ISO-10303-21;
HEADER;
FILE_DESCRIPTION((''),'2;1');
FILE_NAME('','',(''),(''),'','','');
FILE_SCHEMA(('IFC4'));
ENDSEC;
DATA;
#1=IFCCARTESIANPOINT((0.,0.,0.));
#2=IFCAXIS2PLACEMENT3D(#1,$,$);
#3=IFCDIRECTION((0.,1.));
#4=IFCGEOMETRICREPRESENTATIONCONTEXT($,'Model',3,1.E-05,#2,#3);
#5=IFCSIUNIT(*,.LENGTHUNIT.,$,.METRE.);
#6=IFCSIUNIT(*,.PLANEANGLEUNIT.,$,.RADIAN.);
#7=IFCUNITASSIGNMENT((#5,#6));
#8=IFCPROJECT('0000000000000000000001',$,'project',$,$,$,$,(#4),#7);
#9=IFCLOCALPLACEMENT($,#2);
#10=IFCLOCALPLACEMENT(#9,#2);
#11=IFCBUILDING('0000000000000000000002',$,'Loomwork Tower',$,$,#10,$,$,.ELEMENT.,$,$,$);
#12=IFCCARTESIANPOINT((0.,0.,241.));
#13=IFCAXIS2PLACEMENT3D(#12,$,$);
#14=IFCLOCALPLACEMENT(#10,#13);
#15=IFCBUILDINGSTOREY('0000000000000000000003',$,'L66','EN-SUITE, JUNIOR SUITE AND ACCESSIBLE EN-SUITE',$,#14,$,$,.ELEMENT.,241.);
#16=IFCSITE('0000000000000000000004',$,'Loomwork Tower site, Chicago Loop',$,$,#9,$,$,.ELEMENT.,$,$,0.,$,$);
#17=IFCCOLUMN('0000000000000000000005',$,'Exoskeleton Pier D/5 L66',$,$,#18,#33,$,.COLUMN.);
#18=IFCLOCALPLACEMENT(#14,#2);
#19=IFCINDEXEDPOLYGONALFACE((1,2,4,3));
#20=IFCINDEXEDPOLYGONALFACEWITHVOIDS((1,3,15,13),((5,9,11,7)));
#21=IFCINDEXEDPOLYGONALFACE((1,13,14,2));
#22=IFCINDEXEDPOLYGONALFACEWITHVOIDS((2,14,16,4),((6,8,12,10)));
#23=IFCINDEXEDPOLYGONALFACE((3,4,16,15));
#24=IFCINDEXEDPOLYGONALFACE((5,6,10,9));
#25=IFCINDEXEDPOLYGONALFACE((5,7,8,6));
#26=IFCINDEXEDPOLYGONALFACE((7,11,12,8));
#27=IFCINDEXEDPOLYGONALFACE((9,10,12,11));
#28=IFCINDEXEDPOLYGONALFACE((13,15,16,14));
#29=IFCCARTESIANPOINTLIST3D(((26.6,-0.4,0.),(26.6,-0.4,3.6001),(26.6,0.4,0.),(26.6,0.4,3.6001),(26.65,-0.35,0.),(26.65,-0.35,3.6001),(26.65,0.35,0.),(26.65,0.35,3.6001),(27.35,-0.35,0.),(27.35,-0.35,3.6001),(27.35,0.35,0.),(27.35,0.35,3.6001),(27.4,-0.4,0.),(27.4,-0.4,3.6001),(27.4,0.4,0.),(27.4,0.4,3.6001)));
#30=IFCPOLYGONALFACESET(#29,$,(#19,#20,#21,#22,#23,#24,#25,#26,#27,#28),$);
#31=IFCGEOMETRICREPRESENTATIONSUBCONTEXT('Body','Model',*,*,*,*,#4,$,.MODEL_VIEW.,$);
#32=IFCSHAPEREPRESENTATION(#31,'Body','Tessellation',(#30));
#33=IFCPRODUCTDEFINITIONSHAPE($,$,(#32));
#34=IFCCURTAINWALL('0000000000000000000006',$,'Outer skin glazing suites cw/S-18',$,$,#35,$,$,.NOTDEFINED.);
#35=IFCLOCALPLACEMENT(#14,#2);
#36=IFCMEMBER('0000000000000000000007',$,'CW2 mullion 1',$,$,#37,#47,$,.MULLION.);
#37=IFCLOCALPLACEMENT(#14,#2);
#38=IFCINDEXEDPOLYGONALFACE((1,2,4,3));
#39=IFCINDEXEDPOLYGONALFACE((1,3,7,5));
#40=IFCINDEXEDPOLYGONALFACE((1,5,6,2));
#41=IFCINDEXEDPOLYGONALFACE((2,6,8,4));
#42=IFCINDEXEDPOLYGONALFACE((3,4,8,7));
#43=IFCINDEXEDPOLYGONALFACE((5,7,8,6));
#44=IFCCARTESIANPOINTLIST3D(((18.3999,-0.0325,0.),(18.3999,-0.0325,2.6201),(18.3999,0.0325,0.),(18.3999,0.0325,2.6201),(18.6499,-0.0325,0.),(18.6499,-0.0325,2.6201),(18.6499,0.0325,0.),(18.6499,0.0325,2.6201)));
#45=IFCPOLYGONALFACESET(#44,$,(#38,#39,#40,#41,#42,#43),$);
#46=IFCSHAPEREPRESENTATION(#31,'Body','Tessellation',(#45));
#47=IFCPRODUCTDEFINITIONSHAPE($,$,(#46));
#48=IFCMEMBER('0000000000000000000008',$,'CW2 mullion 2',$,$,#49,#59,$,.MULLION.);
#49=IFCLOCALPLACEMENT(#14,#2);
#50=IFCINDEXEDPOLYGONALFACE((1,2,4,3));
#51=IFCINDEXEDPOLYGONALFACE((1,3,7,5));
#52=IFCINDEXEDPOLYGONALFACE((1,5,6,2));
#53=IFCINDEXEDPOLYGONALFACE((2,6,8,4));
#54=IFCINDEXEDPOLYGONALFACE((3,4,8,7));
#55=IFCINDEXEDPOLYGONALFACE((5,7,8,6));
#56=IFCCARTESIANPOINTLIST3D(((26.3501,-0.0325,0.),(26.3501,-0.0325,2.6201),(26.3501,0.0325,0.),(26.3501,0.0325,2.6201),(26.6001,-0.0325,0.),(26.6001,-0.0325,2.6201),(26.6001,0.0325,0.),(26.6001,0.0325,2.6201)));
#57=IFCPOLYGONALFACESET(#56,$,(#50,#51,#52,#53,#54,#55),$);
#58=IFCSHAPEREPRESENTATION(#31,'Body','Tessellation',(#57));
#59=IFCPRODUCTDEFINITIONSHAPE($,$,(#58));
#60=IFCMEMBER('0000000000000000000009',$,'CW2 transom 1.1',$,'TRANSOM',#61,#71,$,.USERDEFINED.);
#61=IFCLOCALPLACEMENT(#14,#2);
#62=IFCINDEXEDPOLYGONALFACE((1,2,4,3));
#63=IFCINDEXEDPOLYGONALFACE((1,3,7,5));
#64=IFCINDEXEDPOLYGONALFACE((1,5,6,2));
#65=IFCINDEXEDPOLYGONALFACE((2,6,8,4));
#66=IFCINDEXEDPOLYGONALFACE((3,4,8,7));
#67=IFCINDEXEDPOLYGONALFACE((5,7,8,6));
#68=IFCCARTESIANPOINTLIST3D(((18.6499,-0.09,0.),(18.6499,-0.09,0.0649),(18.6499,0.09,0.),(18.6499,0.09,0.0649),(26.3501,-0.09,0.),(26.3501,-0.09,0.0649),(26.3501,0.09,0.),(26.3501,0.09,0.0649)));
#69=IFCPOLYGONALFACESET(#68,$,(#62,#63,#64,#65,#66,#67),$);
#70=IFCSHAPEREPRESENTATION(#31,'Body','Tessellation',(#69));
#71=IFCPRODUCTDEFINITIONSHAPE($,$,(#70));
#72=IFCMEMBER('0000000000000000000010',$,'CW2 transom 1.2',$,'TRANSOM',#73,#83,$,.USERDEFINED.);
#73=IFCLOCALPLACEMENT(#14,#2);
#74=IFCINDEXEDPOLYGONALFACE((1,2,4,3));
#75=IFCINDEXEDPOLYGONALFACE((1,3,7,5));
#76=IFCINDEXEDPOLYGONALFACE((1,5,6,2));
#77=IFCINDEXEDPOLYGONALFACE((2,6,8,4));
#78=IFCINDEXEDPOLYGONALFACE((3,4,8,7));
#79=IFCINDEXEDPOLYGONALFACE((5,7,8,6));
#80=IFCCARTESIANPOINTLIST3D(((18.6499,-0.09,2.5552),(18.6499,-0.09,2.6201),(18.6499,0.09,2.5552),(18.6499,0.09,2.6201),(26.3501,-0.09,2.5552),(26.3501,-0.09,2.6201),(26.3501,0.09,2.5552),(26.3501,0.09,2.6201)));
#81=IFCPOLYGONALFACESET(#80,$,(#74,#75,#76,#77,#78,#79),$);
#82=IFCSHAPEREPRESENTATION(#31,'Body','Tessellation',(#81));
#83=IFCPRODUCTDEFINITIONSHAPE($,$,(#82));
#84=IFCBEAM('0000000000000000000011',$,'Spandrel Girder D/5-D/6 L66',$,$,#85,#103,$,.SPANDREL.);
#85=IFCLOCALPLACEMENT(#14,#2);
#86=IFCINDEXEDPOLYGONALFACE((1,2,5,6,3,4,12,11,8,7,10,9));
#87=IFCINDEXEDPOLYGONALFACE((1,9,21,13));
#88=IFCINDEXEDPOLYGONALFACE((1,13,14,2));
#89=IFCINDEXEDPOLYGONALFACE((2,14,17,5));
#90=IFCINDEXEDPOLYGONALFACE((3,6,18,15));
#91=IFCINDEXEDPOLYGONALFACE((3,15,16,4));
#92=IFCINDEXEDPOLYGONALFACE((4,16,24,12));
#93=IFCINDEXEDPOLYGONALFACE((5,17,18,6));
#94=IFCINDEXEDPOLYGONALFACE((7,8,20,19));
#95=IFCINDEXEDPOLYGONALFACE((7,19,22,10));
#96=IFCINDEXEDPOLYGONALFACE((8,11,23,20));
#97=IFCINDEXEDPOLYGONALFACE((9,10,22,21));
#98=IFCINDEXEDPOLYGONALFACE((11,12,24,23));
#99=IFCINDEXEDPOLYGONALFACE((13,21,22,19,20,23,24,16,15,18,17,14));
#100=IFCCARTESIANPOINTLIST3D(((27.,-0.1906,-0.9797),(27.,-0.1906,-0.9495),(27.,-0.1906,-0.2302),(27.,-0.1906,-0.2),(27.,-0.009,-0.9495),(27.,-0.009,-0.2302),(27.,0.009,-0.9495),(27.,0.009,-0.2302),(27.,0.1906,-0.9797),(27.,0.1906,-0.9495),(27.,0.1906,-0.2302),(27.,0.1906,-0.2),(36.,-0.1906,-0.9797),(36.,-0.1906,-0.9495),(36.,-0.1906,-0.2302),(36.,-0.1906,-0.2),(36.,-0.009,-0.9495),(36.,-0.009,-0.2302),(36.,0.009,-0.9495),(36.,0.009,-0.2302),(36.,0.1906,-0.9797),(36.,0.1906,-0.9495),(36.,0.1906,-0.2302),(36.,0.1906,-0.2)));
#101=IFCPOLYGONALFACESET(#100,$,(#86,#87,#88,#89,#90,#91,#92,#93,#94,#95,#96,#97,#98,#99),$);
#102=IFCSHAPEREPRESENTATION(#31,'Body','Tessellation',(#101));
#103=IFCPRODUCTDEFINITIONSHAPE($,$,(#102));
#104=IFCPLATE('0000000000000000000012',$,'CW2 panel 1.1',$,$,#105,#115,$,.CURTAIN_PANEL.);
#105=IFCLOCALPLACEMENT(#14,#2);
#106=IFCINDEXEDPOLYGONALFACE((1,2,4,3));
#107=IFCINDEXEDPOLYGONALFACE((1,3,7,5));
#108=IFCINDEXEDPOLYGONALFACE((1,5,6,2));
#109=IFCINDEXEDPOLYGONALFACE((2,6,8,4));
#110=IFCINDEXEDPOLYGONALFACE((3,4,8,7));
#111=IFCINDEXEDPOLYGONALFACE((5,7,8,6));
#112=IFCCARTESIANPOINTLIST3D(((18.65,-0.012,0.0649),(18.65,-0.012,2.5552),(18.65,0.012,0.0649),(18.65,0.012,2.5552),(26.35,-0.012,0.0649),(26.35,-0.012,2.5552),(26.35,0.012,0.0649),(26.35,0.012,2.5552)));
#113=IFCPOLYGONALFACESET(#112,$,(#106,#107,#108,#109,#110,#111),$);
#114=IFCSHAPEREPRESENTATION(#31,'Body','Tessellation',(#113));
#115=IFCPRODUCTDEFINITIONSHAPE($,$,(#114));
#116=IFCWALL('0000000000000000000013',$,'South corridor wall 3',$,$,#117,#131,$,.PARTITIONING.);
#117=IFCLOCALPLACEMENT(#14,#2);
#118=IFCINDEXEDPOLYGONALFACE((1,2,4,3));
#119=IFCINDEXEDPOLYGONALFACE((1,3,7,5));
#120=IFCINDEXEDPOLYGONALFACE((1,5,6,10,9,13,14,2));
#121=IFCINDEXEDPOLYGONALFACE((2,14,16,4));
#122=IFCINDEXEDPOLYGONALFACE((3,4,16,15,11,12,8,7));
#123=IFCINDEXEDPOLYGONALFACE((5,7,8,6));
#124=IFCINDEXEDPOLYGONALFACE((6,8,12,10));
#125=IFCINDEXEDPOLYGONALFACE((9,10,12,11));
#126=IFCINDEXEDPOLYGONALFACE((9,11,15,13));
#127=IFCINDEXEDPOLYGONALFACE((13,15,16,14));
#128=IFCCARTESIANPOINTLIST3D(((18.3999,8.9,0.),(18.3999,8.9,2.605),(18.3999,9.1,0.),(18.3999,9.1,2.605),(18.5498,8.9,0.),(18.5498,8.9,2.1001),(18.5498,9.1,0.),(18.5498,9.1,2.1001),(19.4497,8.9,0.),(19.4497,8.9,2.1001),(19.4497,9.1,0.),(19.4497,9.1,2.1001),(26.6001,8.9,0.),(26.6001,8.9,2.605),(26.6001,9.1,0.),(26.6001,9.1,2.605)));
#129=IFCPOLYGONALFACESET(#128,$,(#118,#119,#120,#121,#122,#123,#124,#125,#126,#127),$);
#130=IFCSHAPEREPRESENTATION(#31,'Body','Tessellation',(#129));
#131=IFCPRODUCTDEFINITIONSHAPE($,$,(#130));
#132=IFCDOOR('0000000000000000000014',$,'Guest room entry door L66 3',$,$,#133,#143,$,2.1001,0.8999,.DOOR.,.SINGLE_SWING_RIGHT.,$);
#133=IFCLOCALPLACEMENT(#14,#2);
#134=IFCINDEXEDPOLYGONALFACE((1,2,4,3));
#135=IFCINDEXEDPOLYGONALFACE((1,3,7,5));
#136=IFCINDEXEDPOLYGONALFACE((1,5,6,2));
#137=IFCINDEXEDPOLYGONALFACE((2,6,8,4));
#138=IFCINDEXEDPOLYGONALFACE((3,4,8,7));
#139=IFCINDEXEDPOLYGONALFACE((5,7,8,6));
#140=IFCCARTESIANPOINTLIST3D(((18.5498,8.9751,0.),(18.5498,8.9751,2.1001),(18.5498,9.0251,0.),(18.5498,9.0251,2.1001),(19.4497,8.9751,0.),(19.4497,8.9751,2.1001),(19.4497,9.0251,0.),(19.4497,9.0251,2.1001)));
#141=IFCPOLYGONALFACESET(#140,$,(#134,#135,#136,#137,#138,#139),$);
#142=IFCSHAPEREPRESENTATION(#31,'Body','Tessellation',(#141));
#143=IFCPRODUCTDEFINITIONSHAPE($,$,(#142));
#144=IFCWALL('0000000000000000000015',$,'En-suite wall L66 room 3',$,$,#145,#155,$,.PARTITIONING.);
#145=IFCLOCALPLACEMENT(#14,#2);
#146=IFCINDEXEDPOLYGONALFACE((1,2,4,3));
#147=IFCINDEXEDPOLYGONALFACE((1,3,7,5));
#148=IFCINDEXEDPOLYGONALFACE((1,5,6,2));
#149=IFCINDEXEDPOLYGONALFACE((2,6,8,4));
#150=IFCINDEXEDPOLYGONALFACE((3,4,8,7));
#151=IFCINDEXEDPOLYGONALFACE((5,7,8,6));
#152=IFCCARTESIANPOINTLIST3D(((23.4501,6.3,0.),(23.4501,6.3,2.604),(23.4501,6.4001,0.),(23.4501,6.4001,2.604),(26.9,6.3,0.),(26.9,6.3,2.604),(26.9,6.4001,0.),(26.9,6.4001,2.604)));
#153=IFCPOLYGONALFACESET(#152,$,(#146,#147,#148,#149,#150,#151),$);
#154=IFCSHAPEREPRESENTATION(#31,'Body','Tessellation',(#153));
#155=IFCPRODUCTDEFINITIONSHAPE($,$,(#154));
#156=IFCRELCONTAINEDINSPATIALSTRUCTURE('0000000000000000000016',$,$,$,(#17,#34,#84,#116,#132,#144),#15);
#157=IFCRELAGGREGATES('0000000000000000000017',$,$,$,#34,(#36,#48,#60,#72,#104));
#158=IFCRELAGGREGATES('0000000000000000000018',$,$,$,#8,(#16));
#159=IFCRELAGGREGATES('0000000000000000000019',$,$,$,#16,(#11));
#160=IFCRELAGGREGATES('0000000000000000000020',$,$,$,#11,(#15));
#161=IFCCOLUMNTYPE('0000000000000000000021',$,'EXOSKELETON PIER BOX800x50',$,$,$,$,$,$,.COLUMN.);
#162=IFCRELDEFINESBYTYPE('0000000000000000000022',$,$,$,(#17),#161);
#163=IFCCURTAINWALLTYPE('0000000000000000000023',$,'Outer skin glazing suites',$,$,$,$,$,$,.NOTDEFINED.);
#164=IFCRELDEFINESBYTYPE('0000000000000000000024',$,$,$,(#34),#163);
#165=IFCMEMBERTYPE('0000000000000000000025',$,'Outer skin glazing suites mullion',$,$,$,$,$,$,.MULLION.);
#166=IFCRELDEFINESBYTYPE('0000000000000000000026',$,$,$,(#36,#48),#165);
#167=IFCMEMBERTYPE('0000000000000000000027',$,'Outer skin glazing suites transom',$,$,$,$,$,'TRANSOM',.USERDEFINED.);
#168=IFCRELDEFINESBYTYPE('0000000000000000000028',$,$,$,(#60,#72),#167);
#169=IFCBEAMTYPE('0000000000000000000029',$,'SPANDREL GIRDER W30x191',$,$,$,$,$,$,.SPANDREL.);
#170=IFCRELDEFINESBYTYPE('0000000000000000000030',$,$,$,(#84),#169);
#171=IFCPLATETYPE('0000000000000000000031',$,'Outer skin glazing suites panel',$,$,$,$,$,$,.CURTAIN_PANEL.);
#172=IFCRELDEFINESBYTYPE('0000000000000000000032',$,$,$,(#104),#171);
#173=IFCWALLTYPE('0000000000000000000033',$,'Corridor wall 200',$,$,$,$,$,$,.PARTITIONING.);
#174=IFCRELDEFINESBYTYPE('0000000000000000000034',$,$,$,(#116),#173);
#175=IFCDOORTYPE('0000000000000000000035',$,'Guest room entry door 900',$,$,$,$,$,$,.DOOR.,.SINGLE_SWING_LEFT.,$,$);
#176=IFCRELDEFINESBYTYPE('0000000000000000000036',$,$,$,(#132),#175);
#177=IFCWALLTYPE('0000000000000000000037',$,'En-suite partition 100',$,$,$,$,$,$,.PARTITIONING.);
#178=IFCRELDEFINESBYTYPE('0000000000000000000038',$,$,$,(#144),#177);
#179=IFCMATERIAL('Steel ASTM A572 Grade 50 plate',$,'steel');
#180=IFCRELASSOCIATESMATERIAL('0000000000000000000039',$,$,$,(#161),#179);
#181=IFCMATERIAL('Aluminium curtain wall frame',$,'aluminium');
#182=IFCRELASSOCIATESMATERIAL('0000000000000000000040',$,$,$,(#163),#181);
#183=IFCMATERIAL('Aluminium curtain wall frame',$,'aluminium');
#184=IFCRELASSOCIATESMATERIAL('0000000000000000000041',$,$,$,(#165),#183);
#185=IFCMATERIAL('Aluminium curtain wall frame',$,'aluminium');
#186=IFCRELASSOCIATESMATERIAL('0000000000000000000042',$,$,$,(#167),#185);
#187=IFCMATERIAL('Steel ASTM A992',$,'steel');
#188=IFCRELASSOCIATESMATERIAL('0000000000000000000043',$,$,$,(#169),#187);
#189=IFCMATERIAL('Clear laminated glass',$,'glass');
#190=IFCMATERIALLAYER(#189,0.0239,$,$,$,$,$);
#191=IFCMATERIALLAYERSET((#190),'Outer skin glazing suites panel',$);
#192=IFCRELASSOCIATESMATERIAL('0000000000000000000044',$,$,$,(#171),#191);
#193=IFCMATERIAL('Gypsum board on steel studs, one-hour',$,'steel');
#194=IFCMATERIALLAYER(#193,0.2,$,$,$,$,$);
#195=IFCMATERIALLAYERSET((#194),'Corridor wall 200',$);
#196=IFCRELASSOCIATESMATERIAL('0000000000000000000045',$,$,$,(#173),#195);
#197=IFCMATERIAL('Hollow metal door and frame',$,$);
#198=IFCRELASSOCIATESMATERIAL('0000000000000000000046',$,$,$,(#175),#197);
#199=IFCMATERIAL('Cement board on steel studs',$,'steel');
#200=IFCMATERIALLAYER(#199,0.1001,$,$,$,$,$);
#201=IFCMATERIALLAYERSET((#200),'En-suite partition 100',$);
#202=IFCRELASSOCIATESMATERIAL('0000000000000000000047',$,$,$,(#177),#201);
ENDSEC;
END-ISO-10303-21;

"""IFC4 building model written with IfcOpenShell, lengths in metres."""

from ifc_helpers import new_model, si_unit, direction, frame, frame_2d, origin, origin_2d, place, context, subcontext, project, spatial, rectangle, hollow_rectangle, i_section, extrude, material, layer, layer_set, material_profile, profile_set, type_object, element, fill, aggregate, save


model = new_model("IFC4")

# Units and contexts
model_context = context("Model", 3, precision=1e-05, world=origin(), true_north=direction((0.0, 1.0)))
body_context = subcontext(model_context, "Body", "Model", "MODEL_VIEW")
ifc_project = project(units=[si_unit("LENGTHUNIT", "METRE"), si_unit("PLANEANGLEUNIT", "RADIAN")], contexts=[model_context])

# Site, building, storey
site_placement = place(None, origin())
site = spatial("IfcSite", under=ifc_project, at=site_placement, Name="Loomwork Tower site, Chicago Loop", CompositionType="ELEMENT", RefElevation=0.0)
building_placement = place(site_placement, origin())
building = spatial("IfcBuilding", under=site, at=building_placement, Name="Loomwork Tower", CompositionType="ELEMENT")
storey_placement = place(building_placement, frame((0.0, 0.0, 241.0)))
storey = spatial("IfcBuildingStorey", under=building, at=storey_placement, Name="L66", Description="EN-SUITE, JUNIOR SUITE AND ACCESSIBLE EN-SUITE", CompositionType="ELEMENT", Elevation=241.0)

# Column
ifc_material_1 = material(Name="Steel ASTM A572 Grade 50 plate", Category="steel")
ifc_material_profile_1 = material_profile(ifc_material_1, hollow_rectangle(XDim=0.8, YDim=0.8, WallThickness=0.05, at=origin_2d()), Name="BOX800x50")
ifc_profile_set_1 = profile_set([ifc_material_profile_1], Name="Steel ASTM A572 Grade 50 plate")
column_type = type_object("IfcColumnType", Name="EXOSKELETON PIER BOX800x50", PredefinedType="COLUMN", material=ifc_profile_set_1)
column_placement = place(storey_placement, frame((27.0, 0.0, 0.0), z_axis=(0.0, 0.0, 1.0), x_axis=(1.0, 0.0, 0.0)))
element("IfcColumn", 1, at=column_placement, inside=storey, type_object=column_type, Name="Exoskeleton Pier D/5 L66", PredefinedType="COLUMN", context=body_context, shape_type="SweptSolid", body=[
    extrude(hollow_rectangle(XDim=0.8, YDim=0.8, WallThickness=0.05, at=origin_2d()), origin(), (0.0, 0.0, 1.0), 3.6001),
])

# Curtain wall, members
ifc_material_2 = material(Name="Aluminium curtain wall frame", Category="aluminium")
curtain_wall_type = type_object("IfcCurtainWallType", Name="Outer skin glazing suites", PredefinedType="NOTDEFINED", material=ifc_material_2)
curtain_wall_placement = place(storey_placement, origin())
curtain_wall = element("IfcCurtainWall", 2, at=curtain_wall_placement, inside=storey, type_object=curtain_wall_type, Name="Outer skin glazing suites cw/S-18", PredefinedType="NOTDEFINED")
ifc_material_3 = material(Name="Aluminium curtain wall frame", Category="aluminium")
ifc_material_profile_2 = material_profile(ifc_material_3, rectangle(XDim=0.0649, YDim=0.25, at=origin_2d()), Name="AL 65x250")
ifc_profile_set_2 = profile_set([ifc_material_profile_2], Name="Aluminium curtain wall frame")
member_type_1 = type_object("IfcMemberType", Name="Outer skin glazing suites mullion", PredefinedType="MULLION", material=ifc_profile_set_2)
member_1_placement = place(storey_placement, frame((18.5249, 0.0, 0.0), z_axis=(0.0, 0.0, 1.0), x_axis=(0.0, 1.0, 0.0)))
member_1 = element("IfcMember", 3, at=member_1_placement, type_object=member_type_1, Name="CW2 mullion 1", PredefinedType="MULLION", context=body_context, shape_type="SweptSolid", body=[
    extrude(rectangle(XDim=0.0649, YDim=0.25, at=origin_2d()), origin(), (0.0, 0.0, 1.0), 2.6201),
])
member_2_placement = place(storey_placement, frame((26.4751, 0.0, 0.0), z_axis=(0.0, 0.0, 1.0), x_axis=(0.0, 1.0, 0.0)))
member_2 = element("IfcMember", 4, at=member_2_placement, type_object=member_type_1, Name="CW2 mullion 2", PredefinedType="MULLION", context=body_context, shape_type="SweptSolid", body=[
    extrude(rectangle(XDim=0.0649, YDim=0.25, at=origin_2d()), origin(), (0.0, 0.0, 1.0), 2.6201),
])
ifc_material_4 = material(Name="Aluminium curtain wall frame", Category="aluminium")
ifc_material_profile_3 = material_profile(ifc_material_4, rectangle(XDim=0.1799, YDim=0.0649, at=origin_2d()), Name="AL 65x180")
ifc_profile_set_3 = profile_set([ifc_material_profile_3], Name="Aluminium curtain wall frame")
member_type_2 = type_object("IfcMemberType", Name="Outer skin glazing suites transom", ElementType="TRANSOM", PredefinedType="USERDEFINED", material=ifc_profile_set_3)
member_3_placement = place(storey_placement, frame((18.6499, 0.0, 0.0325), z_axis=(1.0, 0.0, 0.0), x_axis=(0.0, 1.0, 0.0)))
member_3 = element("IfcMember", 5, at=member_3_placement, type_object=member_type_2, Name="CW2 transom 1.1", ObjectType="TRANSOM", PredefinedType="USERDEFINED", context=body_context, shape_type="SweptSolid", body=[
    extrude(rectangle(XDim=0.1799, YDim=0.0649, at=origin_2d()), origin(), (0.0, 0.0, 1.0), 7.7002),
])
member_4_placement = place(storey_placement, frame((18.6499, 0.0, 2.5876), z_axis=(1.0, 0.0, 0.0), x_axis=(0.0, 1.0, 0.0)))
member_4 = element("IfcMember", 6, at=member_4_placement, type_object=member_type_2, Name="CW2 transom 1.2", ObjectType="TRANSOM", PredefinedType="USERDEFINED", context=body_context, shape_type="SweptSolid", body=[
    extrude(rectangle(XDim=0.1799, YDim=0.0649, at=origin_2d()), origin(), (0.0, 0.0, 1.0), 7.7002),
])

# Beam
ifc_material_5 = material(Name="Steel ASTM A992", Category="steel")
ifc_material_profile_4 = material_profile(ifc_material_5, i_section(OverallWidth=0.3811, OverallDepth=0.7798, WebThickness=0.0181, FlangeThickness=0.0303, at=origin_2d()), Name="W30x191")
ifc_profile_set_4 = profile_set([ifc_material_profile_4], Name="Steel ASTM A992")
beam_type = type_object("IfcBeamType", Name="SPANDREL GIRDER W30x191", PredefinedType="SPANDREL", material=ifc_profile_set_4)
beam_placement = place(storey_placement, frame((27.0, 0.0, -0.5898), z_axis=(1.0, 0.0, 0.0), x_axis=(0.0, 1.0, 0.0)))
element("IfcBeam", 7, at=beam_placement, inside=storey, type_object=beam_type, Name="Spandrel Girder D/5-D/6 L66", PredefinedType="SPANDREL", context=body_context, shape_type="SweptSolid", body=[
    extrude(i_section(OverallWidth=0.3811, OverallDepth=0.7798, WebThickness=0.0181, FlangeThickness=0.0303, at=origin_2d()), origin(), (0.0, 0.0, 1.0), 9.0),
])

# Plate
ifc_material_6 = material(Name="Clear laminated glass", Category="glass")
ifc_layer_1 = layer(ifc_material_6, 0.0239)
ifc_layer_set_1 = layer_set([ifc_layer_1], Name="Outer skin glazing suites panel")
plate_type = type_object("IfcPlateType", Name="Outer skin glazing suites panel", PredefinedType="CURTAIN_PANEL", material=ifc_layer_set_1)
plate_placement = place(storey_placement, frame((22.5, 0.0, 0.0649), z_axis=(0.0, 0.0, 1.0), x_axis=(1.0, 0.0, 0.0)))
plate = element("IfcPlate", 8, at=plate_placement, type_object=plate_type, Name="CW2 panel 1.1", PredefinedType="CURTAIN_PANEL", context=body_context, shape_type="SweptSolid", body=[
    extrude(rectangle(XDim=7.7, YDim=0.0239, at=origin_2d()), origin(), (0.0, 0.0, 1.0), 2.4902),
])
aggregate(curtain_wall, [member_1, member_2, member_3, member_4, plate])

# Wall, opening, door
ifc_material_7 = material(Name="Gypsum board on steel studs, one-hour", Category="steel")
ifc_layer_2 = layer(ifc_material_7, 0.2)
ifc_layer_set_2 = layer_set([ifc_layer_2], Name="Corridor wall 200")
wall_type_1 = type_object("IfcWallType", Name="Corridor wall 200", PredefinedType="PARTITIONING", material=ifc_layer_set_2)
wall_1_placement = place(storey_placement, frame((18.3999, 9.0, 0.0), z_axis=(0.0, 0.0, 1.0), x_axis=(1.0, 0.0, 0.0)))
wall_1 = element("IfcWall", 9, at=wall_1_placement, inside=storey, type_object=wall_type_1, Name="South corridor wall 3", PredefinedType="PARTITIONING", context=body_context, shape_type="SweptSolid", body=[
    extrude(rectangle(XDim=8.2002, YDim=0.2, at=frame_2d((4.1001, 0.0))), origin(), (0.0, 0.0, 1.0), 2.605),
])
opening_1_placement = place(wall_1_placement, frame((0.1499, 0.0, 0.0)))
opening_1 = element("IfcOpeningElement", 10, at=opening_1_placement, cuts=wall_1, PredefinedType="OPENING", context=body_context, shape_type="SweptSolid", body=[
    extrude(rectangle(XDim=0.8999, YDim=2.1001, at=frame_2d((0.45, 1.05))), frame((0.0, 0.1099, 0.0), z_axis=(0.0, -1.0, 0.0), x_axis=(1.0, 0.0, 0.0)), (0.0, 0.0, 1.0), 0.22),
])
ifc_material_8 = material(Name="Hollow metal door and frame")
door_type_1 = type_object("IfcDoorType", Name="Guest room entry door 900", OperationType="SINGLE_SWING_LEFT", PredefinedType="DOOR", material=ifc_material_8)
door_1_placement = place(opening_1_placement, frame((0.8999, 0.0, 0.0), z_axis=(0.0, 0.0, 1.0), x_axis=(-1.0, 0.0, 0.0)))
door_1 = element("IfcDoor", 11, at=door_1_placement, inside=storey, type_object=door_type_1, Name="Guest room entry door L66 3", OperationType="SINGLE_SWING_RIGHT", OverallHeight=2.1001, OverallWidth=0.8999, PredefinedType="DOOR", context=body_context, shape_type="SweptSolid", body=[
    extrude(rectangle(XDim=0.8999, YDim=2.1001, at=frame_2d((0.45, 1.05))), frame((0.0, 0.0249, 0.0), z_axis=(0.0, -1.0, 0.0), x_axis=(1.0, 0.0, 0.0)), (0.0, 0.0, 1.0), 0.05),
])
fill(opening_1, door_1)

# Wall
ifc_material_9 = material(Name="Cement board on steel studs", Category="steel")
ifc_layer_3 = layer(ifc_material_9, 0.1001)
ifc_layer_set_3 = layer_set([ifc_layer_3], Name="En-suite partition 100")
wall_type_2 = type_object("IfcWallType", Name="En-suite partition 100", PredefinedType="PARTITIONING", material=ifc_layer_set_3)
wall_2_placement = place(storey_placement, frame((23.45, 6.3501, 0.0), z_axis=(0.0, 0.0, 1.0), x_axis=(1.0, 0.0, 0.0)))
element("IfcWall", 12, at=wall_2_placement, inside=storey, type_object=wall_type_2, Name="En-suite wall L66 room 3", PredefinedType="PARTITIONING", context=body_context, shape_type="SweptSolid", body=[
    extrude(rectangle(XDim=3.45, YDim=0.1001, at=frame_2d((1.7251, 0.0))), origin(), (0.0, 0.0, 1.0), 2.604),
])

save(model, "model.ifc")
